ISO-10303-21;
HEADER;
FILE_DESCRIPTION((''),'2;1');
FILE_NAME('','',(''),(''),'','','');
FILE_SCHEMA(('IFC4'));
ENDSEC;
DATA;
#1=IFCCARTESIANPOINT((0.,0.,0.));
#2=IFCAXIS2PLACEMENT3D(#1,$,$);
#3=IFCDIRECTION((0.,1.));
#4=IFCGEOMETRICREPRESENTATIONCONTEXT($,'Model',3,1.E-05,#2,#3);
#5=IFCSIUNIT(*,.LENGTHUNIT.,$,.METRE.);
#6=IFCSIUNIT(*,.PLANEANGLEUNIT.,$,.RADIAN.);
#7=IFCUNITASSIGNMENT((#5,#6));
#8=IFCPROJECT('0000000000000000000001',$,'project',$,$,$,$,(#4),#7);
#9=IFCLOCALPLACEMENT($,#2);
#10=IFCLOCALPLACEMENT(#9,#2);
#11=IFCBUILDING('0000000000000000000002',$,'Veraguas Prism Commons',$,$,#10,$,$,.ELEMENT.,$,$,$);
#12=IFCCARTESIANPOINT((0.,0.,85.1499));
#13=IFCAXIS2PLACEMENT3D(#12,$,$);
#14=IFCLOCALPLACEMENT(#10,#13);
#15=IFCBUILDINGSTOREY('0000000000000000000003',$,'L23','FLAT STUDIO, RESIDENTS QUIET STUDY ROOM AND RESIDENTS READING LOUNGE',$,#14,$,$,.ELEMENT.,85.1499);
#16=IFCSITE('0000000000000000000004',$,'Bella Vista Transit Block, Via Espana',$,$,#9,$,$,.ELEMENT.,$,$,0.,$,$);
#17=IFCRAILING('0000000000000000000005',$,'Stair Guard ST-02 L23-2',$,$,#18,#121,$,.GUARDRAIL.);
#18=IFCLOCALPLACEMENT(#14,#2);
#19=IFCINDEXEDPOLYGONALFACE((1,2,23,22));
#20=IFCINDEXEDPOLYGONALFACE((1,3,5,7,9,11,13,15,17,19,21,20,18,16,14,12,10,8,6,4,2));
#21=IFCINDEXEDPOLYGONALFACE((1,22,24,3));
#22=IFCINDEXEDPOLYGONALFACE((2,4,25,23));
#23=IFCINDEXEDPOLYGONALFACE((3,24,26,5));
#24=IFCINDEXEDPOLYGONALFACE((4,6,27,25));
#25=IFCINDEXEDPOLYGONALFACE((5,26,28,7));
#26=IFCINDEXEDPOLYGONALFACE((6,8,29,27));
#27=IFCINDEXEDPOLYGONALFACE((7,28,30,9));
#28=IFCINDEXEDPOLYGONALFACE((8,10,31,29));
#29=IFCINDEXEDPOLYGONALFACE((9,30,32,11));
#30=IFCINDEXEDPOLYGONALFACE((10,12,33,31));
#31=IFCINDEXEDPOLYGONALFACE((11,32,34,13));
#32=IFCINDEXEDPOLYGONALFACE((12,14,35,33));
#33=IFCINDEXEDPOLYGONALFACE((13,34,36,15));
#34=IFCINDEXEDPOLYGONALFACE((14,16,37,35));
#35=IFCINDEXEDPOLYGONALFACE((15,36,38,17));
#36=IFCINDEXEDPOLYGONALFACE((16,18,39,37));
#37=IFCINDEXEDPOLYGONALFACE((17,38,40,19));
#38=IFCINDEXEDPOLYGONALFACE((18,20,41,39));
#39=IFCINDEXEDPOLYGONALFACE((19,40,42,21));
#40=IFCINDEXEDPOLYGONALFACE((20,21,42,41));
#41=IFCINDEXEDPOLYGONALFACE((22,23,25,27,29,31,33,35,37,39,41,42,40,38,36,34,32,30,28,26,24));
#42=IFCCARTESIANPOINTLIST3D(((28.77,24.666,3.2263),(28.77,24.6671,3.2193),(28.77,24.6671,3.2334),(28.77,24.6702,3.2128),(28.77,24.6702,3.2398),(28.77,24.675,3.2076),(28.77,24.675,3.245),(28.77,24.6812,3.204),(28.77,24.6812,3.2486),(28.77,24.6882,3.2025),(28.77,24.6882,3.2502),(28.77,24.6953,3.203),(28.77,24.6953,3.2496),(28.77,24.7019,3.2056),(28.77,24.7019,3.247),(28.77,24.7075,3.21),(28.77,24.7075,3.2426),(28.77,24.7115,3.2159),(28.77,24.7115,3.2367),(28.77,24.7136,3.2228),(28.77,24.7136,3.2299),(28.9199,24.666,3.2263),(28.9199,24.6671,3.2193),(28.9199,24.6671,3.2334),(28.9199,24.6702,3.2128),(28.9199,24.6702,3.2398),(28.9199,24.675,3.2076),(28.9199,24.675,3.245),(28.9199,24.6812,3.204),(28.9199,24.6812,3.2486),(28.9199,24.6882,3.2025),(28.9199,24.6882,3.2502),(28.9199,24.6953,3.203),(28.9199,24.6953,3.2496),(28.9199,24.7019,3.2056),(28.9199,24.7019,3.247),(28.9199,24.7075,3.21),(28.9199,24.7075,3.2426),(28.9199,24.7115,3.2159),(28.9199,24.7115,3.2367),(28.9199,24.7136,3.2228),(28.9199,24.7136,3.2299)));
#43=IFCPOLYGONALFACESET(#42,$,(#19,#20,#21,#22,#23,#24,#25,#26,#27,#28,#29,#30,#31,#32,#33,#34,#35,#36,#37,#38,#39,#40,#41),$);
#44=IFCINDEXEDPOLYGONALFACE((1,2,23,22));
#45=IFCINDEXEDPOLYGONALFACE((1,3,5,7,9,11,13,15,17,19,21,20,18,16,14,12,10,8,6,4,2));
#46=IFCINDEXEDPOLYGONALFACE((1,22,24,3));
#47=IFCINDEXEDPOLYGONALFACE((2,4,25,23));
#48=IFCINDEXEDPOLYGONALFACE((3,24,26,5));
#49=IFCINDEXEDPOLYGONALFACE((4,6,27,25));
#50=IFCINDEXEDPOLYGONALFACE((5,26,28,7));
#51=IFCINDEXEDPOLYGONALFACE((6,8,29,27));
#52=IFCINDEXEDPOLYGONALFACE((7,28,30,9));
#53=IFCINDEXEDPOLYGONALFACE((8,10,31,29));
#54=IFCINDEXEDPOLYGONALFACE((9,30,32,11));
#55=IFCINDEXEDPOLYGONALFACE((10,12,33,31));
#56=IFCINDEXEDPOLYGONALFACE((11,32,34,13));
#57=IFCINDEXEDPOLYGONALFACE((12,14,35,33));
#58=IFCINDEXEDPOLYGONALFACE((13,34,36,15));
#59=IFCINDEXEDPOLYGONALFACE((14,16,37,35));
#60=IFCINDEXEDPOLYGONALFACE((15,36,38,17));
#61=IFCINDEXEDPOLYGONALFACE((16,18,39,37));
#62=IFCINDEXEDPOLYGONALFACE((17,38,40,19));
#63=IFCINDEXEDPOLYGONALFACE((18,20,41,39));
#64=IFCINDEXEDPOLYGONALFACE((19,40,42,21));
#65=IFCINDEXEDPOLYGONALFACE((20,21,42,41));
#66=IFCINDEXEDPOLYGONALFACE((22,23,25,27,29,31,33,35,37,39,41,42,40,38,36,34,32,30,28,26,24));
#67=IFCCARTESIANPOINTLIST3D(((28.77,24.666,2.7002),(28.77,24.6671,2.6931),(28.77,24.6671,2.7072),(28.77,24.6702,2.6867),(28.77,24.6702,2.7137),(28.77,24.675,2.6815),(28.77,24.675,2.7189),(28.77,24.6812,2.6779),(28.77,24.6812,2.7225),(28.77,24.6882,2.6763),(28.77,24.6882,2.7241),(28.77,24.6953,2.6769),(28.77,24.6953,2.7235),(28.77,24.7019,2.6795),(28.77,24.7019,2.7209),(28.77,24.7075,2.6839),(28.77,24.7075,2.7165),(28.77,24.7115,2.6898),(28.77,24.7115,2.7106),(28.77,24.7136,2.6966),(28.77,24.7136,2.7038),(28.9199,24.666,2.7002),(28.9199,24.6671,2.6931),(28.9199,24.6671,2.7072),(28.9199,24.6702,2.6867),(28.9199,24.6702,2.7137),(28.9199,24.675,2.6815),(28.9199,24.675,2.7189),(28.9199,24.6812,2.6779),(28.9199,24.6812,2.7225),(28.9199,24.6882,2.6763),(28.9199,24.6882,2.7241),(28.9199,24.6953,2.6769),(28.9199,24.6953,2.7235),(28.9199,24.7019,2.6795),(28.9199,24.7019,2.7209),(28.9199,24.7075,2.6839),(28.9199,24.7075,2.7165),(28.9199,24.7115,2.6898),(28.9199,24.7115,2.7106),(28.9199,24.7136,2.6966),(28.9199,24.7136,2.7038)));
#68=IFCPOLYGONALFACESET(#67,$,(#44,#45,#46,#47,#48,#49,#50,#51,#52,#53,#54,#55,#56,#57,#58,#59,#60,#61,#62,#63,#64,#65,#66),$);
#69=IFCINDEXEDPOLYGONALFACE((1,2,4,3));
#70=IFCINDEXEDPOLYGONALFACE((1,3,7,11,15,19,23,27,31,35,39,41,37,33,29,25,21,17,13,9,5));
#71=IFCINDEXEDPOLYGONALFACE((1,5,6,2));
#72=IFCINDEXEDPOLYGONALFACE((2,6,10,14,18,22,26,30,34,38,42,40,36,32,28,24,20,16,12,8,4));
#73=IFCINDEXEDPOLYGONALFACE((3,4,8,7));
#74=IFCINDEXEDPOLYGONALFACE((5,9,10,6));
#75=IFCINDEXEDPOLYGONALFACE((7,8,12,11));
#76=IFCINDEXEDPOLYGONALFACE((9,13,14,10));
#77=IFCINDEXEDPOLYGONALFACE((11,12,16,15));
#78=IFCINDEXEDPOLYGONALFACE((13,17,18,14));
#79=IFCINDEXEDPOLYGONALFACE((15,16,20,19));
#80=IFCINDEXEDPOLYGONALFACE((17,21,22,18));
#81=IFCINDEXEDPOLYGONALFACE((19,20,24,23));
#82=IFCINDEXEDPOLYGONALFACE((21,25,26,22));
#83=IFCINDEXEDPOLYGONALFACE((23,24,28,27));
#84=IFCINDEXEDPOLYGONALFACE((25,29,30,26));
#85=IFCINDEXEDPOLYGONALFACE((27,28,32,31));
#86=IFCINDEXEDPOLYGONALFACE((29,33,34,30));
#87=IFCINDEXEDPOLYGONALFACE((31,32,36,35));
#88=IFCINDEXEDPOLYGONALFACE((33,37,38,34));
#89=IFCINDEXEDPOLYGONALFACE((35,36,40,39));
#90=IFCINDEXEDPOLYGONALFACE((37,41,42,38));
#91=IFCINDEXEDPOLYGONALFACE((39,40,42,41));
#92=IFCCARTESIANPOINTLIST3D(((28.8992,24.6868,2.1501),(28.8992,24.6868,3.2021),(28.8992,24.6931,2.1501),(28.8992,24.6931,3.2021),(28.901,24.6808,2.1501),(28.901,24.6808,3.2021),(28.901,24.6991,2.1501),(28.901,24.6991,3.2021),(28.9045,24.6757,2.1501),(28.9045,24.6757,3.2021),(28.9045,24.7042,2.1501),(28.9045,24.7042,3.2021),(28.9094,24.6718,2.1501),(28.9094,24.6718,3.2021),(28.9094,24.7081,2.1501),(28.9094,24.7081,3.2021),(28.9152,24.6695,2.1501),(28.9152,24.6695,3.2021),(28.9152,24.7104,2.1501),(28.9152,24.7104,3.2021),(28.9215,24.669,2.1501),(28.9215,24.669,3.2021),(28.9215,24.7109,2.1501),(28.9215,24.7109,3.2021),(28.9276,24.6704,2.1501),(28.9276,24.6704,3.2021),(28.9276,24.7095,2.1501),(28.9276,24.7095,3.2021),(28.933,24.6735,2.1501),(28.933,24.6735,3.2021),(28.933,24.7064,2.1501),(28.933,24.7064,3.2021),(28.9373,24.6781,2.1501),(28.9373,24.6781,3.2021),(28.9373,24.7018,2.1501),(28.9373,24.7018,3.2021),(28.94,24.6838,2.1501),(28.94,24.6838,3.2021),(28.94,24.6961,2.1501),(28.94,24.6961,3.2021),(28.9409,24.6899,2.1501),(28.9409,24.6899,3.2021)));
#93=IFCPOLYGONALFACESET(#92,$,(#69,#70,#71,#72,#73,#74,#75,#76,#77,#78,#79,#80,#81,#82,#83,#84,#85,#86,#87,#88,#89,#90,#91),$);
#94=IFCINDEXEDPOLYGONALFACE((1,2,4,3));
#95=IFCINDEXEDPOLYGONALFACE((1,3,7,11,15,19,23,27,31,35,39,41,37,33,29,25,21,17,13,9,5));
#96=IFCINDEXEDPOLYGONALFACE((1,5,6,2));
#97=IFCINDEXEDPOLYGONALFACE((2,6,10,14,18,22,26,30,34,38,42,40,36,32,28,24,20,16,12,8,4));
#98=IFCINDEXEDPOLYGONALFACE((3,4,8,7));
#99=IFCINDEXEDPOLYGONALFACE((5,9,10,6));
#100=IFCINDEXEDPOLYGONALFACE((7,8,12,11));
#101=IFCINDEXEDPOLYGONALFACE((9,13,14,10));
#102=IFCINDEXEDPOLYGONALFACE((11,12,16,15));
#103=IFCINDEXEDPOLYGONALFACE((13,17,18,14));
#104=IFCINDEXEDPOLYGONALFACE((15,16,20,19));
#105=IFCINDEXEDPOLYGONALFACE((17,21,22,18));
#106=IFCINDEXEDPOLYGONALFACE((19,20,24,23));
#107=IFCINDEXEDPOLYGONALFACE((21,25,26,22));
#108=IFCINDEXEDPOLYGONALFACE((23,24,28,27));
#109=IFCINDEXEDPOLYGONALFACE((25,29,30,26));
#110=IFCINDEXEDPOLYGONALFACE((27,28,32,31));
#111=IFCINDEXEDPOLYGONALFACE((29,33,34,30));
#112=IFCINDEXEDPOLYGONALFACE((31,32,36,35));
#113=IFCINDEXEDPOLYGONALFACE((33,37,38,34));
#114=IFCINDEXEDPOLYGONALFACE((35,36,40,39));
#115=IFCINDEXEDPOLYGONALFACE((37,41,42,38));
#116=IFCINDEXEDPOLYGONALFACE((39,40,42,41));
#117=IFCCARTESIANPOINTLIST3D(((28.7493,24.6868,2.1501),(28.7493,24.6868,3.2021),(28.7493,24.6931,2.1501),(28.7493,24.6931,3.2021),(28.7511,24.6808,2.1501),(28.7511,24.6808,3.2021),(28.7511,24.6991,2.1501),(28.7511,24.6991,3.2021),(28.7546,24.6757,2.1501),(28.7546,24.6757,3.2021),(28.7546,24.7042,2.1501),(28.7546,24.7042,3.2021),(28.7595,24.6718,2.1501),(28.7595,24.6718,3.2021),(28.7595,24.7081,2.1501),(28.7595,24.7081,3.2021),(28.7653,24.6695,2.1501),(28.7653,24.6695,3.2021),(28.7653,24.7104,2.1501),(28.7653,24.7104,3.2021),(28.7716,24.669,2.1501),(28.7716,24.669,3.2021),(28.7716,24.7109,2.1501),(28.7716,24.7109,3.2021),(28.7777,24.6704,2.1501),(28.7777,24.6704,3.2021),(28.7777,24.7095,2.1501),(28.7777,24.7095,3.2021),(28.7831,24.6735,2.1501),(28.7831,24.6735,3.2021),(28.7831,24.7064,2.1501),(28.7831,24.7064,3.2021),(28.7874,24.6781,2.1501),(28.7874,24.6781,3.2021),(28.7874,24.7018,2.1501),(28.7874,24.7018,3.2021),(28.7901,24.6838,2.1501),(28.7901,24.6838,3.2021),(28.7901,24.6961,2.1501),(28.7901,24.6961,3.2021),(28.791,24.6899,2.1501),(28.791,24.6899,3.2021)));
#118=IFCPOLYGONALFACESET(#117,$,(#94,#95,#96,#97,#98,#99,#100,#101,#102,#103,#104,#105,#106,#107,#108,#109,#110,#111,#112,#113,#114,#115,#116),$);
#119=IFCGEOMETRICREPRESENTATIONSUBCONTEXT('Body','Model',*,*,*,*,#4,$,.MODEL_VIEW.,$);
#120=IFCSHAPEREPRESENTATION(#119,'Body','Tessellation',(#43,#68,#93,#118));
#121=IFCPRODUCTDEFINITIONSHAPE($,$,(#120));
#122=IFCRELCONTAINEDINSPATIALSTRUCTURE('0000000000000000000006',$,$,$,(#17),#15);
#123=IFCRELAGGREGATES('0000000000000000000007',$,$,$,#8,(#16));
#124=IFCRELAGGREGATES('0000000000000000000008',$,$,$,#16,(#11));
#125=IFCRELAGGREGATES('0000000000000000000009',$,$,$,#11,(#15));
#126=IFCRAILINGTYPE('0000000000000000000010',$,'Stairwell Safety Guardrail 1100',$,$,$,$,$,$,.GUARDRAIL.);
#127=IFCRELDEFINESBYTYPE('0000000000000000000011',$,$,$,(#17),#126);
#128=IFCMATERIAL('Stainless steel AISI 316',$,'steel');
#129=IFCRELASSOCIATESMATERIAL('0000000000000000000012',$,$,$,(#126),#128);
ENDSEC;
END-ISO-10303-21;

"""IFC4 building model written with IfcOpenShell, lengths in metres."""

from ifc_helpers import new_model, si_unit, direction, frame, origin, origin_2d, place, context, subcontext, project, spatial, circle, extrude, material, type_object, element, save


model = new_model("IFC4")

# Units and contexts
model_context = context("Model", 3, precision=1e-05, world=origin(), true_north=direction((0.0, 1.0)))
body_context = subcontext(model_context, "Body", "Model", "MODEL_VIEW")
ifc_project = project(units=[si_unit("LENGTHUNIT", "METRE"), si_unit("PLANEANGLEUNIT", "RADIAN")], contexts=[model_context])

# Site, building, storey
site_placement = place(None, origin())
site = spatial("IfcSite", under=ifc_project, at=site_placement, Name="Bella Vista Transit Block, Via Espana", CompositionType="ELEMENT", RefElevation=0.0)
building_placement = place(site_placement, origin())
building = spatial("IfcBuilding", under=site, at=building_placement, Name="Veraguas Prism Commons", CompositionType="ELEMENT")
storey_placement = place(building_placement, frame((0.0, 0.0, 85.1499)))
storey = spatial("IfcBuildingStorey", under=building, at=storey_placement, Name="L23", Description="FLAT STUDIO, RESIDENTS QUIET STUDY ROOM AND RESIDENTS READING LOUNGE", CompositionType="ELEMENT", Elevation=85.1499)

# Shared definitions
ifc_material_1 = material(Name="Stainless steel AISI 316", Category="steel")

# Railing
railing_type_1 = type_object("IfcRailingType", Name="Stairwell Safety Guardrail 1100", PredefinedType="GUARDRAIL", material=ifc_material_1)
railing_1_placement = place(storey_placement, frame((28.9199, 24.6899, 2.1501)))
element("IfcRailing", 1, at=railing_1_placement, inside=storey, type_object=railing_type_1, Name="Stair Guard ST-02 L23-2", PredefinedType="GUARDRAIL", context=body_context, shape_type="SweptSolid", body=[
    extrude(circle(Radius=0.0239, at=origin_2d()), frame((0.0, 0.0, 1.0762), z_axis=(-1.0, 0.0, 0.0), x_axis=(0.0, -1.0, 0.0)), (0.0, 0.0, 1.0), 0.1499),
    extrude(circle(Radius=0.0239, at=origin_2d()), frame((0.0, 0.0, 0.55), z_axis=(-1.0, 0.0, 0.0), x_axis=(0.0, -1.0, 0.0)), (0.0, 0.0, 1.0), 0.1499),
    extrude(circle(Radius=0.021, at=origin_2d()), origin(), (0.0, 0.0, 1.0), 1.052),
    extrude(circle(Radius=0.021, at=origin_2d()), frame((-0.1499, 0.0, 0.0)), (0.0, 0.0, 1.0), 1.052),
])

save(model, "model.ifc")
